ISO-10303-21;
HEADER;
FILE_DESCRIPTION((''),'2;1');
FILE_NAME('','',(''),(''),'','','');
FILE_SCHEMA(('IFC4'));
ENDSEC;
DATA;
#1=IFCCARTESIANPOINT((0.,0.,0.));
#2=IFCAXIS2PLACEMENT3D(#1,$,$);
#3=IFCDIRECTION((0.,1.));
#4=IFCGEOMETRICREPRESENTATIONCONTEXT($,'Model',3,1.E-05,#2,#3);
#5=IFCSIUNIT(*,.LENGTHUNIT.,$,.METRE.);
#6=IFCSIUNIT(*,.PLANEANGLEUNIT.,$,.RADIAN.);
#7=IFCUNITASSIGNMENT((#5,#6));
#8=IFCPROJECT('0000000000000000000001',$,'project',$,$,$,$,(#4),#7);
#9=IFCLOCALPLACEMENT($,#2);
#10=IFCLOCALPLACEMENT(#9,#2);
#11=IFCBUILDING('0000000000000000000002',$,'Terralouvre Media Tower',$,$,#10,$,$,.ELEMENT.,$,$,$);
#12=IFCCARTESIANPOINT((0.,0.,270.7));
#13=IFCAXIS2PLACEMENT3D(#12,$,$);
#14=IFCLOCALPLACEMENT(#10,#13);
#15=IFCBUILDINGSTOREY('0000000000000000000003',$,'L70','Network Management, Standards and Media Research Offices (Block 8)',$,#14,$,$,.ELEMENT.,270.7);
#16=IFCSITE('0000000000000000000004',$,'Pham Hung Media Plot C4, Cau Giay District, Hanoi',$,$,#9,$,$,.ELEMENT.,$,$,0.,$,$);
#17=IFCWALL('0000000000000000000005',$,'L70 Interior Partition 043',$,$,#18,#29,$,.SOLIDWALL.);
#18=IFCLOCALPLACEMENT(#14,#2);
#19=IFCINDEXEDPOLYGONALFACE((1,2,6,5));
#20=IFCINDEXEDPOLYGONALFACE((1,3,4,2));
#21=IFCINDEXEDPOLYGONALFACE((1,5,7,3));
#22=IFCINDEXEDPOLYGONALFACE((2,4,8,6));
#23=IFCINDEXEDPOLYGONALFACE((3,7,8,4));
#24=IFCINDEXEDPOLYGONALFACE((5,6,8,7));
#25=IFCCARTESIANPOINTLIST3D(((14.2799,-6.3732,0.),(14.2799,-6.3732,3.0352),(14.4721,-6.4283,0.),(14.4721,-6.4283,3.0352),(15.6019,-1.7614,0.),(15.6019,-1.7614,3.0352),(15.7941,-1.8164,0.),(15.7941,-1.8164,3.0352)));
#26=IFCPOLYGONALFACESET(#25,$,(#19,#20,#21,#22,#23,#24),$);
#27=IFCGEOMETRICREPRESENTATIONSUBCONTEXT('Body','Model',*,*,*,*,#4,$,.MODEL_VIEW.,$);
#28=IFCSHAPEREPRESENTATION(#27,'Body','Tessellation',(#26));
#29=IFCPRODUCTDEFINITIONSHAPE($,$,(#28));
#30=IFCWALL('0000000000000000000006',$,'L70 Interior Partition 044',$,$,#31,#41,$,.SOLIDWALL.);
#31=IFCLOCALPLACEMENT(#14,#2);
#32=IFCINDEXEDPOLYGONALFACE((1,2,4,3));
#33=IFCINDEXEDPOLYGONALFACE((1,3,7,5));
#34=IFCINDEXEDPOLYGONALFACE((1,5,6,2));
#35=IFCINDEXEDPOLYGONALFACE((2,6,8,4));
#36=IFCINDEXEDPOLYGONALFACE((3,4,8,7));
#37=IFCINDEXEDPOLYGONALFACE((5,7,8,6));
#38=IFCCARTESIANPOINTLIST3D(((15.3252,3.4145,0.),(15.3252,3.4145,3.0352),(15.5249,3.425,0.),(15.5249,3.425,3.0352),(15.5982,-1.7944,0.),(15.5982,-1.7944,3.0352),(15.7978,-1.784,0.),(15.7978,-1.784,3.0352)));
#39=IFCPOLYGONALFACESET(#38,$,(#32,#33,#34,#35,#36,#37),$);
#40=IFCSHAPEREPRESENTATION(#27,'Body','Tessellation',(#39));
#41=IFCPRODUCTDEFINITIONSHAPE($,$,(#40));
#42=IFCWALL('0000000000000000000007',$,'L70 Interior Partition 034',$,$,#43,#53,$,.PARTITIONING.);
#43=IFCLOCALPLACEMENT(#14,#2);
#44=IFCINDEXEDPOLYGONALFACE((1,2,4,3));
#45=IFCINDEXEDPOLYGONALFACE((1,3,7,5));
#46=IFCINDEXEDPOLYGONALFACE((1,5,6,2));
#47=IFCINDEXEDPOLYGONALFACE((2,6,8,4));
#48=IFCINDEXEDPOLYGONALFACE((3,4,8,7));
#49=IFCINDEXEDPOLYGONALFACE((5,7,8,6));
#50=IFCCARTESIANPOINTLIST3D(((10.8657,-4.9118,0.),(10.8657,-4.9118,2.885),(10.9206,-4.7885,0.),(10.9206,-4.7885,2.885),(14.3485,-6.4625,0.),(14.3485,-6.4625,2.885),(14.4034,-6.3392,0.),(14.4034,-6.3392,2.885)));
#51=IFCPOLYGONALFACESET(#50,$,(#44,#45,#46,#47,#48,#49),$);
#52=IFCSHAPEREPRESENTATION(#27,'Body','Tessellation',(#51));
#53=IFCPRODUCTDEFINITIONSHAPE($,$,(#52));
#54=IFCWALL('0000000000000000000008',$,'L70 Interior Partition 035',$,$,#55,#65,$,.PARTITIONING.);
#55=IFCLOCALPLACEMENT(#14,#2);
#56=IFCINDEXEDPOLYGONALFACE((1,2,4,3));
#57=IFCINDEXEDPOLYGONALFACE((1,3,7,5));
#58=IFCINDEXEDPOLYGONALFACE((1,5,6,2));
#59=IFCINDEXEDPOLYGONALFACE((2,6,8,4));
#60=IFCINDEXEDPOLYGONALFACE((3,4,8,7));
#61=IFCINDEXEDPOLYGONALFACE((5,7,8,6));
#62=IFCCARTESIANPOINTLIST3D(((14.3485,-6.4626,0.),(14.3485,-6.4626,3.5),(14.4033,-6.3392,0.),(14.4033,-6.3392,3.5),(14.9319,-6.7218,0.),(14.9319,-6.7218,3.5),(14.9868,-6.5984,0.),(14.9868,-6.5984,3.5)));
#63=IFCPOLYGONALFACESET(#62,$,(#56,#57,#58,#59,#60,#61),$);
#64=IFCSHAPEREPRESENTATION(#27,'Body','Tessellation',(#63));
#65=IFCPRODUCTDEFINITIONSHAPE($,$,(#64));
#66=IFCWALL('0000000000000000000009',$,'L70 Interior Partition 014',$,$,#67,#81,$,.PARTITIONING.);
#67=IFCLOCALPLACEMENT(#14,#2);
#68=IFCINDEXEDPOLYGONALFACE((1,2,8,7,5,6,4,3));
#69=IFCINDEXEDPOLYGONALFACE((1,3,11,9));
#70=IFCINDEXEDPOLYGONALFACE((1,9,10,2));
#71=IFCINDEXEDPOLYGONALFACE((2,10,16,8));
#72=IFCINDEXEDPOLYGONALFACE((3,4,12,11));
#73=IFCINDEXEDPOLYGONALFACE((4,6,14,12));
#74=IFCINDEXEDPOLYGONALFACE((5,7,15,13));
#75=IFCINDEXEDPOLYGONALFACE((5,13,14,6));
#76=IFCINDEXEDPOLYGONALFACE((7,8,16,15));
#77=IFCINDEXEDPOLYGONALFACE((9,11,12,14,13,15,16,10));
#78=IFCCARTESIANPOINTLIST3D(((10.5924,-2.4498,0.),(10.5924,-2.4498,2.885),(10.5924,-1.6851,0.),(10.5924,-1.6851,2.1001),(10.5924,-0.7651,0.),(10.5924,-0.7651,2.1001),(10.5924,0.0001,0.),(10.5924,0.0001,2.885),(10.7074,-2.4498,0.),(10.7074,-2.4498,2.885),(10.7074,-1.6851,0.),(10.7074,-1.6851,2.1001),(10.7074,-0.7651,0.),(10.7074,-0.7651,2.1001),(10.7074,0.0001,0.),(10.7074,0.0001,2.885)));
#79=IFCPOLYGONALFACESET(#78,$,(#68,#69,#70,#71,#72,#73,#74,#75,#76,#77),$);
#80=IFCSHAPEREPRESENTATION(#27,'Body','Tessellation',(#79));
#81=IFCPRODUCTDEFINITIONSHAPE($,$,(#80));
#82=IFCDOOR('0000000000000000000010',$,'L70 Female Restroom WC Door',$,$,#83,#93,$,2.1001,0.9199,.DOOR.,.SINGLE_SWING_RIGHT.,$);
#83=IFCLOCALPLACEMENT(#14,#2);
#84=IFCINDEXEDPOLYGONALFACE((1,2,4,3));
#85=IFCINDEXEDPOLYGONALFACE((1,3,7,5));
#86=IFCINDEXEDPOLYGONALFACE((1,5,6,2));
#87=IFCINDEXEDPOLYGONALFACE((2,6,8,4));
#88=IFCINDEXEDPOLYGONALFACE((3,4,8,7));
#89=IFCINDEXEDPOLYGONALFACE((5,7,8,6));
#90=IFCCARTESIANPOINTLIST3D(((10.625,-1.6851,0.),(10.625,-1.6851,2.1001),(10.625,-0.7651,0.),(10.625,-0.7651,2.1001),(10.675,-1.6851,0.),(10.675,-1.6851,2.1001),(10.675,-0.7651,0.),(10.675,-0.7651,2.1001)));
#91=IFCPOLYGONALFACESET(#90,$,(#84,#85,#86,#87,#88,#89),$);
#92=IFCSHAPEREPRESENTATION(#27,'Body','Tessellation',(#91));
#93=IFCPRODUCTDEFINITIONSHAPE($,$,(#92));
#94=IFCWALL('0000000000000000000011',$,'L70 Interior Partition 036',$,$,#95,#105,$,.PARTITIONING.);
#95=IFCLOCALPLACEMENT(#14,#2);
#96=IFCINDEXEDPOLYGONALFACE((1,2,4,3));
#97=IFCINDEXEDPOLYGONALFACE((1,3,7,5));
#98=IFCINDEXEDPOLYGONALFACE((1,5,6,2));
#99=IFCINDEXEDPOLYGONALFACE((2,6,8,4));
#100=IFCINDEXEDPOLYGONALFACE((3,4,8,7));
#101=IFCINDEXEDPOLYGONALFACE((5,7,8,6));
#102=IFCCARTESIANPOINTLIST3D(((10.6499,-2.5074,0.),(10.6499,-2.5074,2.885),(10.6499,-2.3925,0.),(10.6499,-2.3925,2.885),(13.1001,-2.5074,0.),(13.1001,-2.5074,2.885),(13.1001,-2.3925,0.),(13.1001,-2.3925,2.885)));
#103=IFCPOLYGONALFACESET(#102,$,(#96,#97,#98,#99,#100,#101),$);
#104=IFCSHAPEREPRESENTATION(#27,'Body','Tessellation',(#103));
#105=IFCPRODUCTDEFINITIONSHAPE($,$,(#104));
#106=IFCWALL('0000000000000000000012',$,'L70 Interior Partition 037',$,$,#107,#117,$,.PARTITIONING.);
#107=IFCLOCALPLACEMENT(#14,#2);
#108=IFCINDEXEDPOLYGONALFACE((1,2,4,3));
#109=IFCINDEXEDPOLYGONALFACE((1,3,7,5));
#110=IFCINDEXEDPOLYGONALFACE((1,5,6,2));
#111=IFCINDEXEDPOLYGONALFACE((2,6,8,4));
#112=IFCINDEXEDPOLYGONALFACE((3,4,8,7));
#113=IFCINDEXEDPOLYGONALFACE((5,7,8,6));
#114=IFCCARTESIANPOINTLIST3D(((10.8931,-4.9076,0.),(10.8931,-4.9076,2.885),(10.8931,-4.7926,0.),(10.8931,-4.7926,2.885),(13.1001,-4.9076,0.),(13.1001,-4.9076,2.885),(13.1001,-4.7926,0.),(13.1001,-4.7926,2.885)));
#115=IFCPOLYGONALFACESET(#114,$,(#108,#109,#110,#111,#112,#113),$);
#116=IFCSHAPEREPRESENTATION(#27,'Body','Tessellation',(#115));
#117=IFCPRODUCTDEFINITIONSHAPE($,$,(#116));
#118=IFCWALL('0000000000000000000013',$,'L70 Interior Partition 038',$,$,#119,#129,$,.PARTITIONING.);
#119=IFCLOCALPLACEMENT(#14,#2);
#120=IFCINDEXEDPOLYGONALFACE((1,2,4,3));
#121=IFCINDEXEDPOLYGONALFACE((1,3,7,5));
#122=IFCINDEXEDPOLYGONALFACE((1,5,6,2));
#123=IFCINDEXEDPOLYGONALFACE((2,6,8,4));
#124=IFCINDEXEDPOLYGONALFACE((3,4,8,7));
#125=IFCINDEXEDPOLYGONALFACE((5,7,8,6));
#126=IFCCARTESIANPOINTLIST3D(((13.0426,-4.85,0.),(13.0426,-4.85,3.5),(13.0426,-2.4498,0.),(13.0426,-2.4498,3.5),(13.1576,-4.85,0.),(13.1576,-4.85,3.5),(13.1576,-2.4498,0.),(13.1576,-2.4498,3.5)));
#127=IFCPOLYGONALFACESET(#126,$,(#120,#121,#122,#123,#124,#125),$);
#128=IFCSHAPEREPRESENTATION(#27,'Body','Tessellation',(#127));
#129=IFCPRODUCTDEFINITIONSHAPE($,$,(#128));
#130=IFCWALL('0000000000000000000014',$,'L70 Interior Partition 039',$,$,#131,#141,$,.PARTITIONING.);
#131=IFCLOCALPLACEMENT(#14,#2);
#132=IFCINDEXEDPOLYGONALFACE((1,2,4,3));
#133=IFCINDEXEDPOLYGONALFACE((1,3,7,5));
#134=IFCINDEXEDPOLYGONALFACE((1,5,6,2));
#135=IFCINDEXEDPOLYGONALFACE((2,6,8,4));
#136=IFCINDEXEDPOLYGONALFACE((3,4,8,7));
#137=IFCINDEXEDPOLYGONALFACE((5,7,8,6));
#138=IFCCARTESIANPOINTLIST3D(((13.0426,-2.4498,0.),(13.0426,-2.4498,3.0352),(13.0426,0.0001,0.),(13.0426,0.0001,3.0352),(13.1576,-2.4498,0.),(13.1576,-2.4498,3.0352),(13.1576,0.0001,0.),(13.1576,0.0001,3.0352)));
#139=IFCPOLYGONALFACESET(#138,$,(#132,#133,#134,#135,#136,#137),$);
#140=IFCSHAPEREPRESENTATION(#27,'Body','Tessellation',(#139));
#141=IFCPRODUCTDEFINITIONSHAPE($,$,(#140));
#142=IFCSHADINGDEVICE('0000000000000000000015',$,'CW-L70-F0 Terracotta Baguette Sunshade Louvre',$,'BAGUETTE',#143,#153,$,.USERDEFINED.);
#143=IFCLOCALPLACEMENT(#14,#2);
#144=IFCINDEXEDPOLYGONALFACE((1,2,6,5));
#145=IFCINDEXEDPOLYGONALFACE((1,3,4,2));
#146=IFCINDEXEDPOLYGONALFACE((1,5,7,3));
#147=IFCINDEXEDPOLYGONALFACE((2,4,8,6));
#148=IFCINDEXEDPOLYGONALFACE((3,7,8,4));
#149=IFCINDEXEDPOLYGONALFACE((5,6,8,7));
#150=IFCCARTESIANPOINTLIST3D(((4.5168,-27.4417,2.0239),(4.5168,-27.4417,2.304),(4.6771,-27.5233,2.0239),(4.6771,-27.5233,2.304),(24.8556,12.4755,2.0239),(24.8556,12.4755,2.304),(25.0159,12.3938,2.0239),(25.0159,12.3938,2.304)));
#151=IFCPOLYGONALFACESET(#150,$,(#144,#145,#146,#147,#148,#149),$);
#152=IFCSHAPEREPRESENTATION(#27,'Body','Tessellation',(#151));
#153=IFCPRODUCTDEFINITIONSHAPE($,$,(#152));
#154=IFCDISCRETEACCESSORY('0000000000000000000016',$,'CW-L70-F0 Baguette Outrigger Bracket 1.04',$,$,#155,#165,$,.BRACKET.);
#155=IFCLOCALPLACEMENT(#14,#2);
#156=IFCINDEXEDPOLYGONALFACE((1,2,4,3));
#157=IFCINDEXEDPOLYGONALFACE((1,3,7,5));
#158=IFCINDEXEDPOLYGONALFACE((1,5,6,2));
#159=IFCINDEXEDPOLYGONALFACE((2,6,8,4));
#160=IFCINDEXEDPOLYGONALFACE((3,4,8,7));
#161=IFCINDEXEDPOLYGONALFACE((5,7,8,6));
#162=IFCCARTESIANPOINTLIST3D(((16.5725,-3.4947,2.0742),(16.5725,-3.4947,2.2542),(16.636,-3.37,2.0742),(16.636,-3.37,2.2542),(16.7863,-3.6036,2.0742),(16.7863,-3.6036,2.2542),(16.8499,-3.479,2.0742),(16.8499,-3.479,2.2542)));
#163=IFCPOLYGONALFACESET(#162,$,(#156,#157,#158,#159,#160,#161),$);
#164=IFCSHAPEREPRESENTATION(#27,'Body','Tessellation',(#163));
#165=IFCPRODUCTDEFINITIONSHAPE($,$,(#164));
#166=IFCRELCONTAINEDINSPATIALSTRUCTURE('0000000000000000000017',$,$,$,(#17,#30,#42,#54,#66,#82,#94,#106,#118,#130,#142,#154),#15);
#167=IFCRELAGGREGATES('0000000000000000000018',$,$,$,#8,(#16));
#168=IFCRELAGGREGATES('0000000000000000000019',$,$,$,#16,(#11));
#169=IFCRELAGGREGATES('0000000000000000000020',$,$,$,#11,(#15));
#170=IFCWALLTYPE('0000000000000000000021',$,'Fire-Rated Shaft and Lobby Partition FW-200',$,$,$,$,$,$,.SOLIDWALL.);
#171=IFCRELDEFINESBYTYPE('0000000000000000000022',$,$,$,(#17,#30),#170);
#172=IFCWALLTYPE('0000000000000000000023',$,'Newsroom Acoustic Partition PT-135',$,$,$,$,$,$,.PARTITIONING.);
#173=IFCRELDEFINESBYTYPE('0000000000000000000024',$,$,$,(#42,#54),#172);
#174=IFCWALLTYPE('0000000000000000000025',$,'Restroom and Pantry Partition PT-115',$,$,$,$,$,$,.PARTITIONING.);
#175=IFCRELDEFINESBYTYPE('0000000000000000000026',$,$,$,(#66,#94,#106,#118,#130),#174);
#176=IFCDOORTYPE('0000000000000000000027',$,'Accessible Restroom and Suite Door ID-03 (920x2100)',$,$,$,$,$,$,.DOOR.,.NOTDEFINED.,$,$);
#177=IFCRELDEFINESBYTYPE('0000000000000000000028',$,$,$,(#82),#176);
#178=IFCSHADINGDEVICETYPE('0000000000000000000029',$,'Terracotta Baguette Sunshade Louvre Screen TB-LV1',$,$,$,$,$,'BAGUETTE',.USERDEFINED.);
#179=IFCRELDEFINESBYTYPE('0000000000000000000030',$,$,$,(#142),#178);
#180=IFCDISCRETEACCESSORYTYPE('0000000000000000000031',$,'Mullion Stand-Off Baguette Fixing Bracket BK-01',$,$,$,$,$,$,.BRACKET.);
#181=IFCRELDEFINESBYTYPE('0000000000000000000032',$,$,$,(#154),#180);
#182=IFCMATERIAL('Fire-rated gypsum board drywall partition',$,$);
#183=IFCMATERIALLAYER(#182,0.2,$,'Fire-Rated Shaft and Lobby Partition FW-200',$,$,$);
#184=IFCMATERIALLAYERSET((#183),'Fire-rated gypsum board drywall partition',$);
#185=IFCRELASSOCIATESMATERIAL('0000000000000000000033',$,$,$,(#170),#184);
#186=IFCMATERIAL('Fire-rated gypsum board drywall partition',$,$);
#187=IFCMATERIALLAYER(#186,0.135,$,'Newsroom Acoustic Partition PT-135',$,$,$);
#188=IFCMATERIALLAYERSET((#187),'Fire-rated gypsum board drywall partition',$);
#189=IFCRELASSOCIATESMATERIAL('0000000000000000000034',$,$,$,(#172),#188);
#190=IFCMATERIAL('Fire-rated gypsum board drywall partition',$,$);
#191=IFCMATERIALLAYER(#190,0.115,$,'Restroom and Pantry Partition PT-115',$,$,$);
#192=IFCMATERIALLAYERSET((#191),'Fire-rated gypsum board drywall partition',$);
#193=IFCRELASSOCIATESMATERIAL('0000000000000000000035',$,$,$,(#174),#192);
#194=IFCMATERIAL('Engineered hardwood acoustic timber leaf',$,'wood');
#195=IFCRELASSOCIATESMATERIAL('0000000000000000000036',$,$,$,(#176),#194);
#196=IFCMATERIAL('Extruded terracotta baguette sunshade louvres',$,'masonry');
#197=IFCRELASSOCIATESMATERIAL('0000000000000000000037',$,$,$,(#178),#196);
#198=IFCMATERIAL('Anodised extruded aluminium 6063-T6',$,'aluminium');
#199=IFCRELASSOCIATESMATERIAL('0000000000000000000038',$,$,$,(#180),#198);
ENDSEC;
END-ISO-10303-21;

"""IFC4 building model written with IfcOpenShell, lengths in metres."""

from ifc_helpers import new_model, si_unit, direction, frame, frame_2d, origin, origin_2d, place, context, subcontext, project, spatial, rectangle, extrude, material, layer, layer_set, type_object, element, fill, save


model = new_model("IFC4")

# Units and contexts
model_context = context("Model", 3, precision=1e-05, world=origin(), true_north=direction((0.0, 1.0)))
body_context = subcontext(model_context, "Body", "Model", "MODEL_VIEW")
ifc_project = project(units=[si_unit("LENGTHUNIT", "METRE"), si_unit("PLANEANGLEUNIT", "RADIAN")], contexts=[model_context])

# Site, building, storey
site_placement = place(None, origin())
site = spatial("IfcSite", under=ifc_project, at=site_placement, Name="Pham Hung Media Plot C4, Cau Giay District, Hanoi", CompositionType="ELEMENT", RefElevation=0.0)
building_placement = place(site_placement, origin())
building = spatial("IfcBuilding", under=site, at=building_placement, Name="Terralouvre Media Tower", CompositionType="ELEMENT")
storey_placement = place(building_placement, frame((0.0, 0.0, 270.7)))
storey = spatial("IfcBuildingStorey", under=building, at=storey_placement, Name="L70", Description="Network Management, Standards and Media Research Offices (Block 8)", CompositionType="ELEMENT", Elevation=270.7)

# Walls
ifc_material_1 = material(Name="Fire-rated gypsum board drywall partition")
ifc_layer_1 = layer(ifc_material_1, 0.2, Name="Fire-Rated Shaft and Lobby Partition FW-200")
ifc_layer_set_1 = layer_set([ifc_layer_1], Name="Fire-rated gypsum board drywall partition")
wall_type_1 = type_object("IfcWallType", Name="Fire-Rated Shaft and Lobby Partition FW-200", PredefinedType="SOLIDWALL", material=ifc_layer_set_1)
wall_1_placement = place(storey_placement, frame((14.376, -6.4009, 0.0), z_axis=(0.0, 0.0, 1.0), x_axis=(0.275561, 0.961284, 0.0)))
element("IfcWall", 1, at=wall_1_placement, inside=storey, type_object=wall_type_1, Name="L70 Interior Partition 043", PredefinedType="SOLIDWALL", context=body_context, shape_type="SweptSolid", body=[
    extrude(rectangle(XDim=4.7976, YDim=0.2, at=frame_2d((2.3989, 0.0))), origin(), (0.0, 0.0, 1.0), 3.0352),
])
wall_2_placement = place(storey_placement, frame((15.698, -1.7891, 0.0), z_axis=(0.0, 0.0, 1.0), x_axis=(-0.052328, 0.99863, 0.0)))
element("IfcWall", 2, at=wall_2_placement, inside=storey, type_object=wall_type_1, Name="L70 Interior Partition 044", PredefinedType="SOLIDWALL", context=body_context, shape_type="SweptSolid", body=[
    extrude(rectangle(XDim=5.2161, YDim=0.2, at=frame_2d((2.6079, 0.0))), origin(), (0.0, 0.0, 1.0), 3.0352),
])
ifc_material_2 = material(Name="Fire-rated gypsum board drywall partition")
ifc_layer_2 = layer(ifc_material_2, 0.135, Name="Newsroom Acoustic Partition PT-135")
ifc_layer_set_2 = layer_set([ifc_layer_2], Name="Fire-rated gypsum board drywall partition")
wall_type_2 = type_object("IfcWallType", Name="Newsroom Acoustic Partition PT-135", PredefinedType="PARTITIONING", material=ifc_layer_set_2)
wall_3_placement = place(storey_placement, frame((14.376, -6.4009, 0.0), z_axis=(0.0, 0.0, 1.0), x_axis=(-0.913537, 0.406756, 0.0)))
element("IfcWall", 3, at=wall_3_placement, inside=storey, type_object=wall_type_2, Name="L70 Interior Partition 034", PredefinedType="PARTITIONING", context=body_context, shape_type="SweptSolid", body=[
    extrude(rectangle(XDim=3.8125, YDim=0.135, at=frame_2d((1.9062, 0.0))), origin(), (0.0, 0.0, 1.0), 2.885),
])
wall_4_placement = place(storey_placement, frame((14.9595, -6.6602, 0.0), z_axis=(0.0, 0.0, 1.0), x_axis=(-0.913843, 0.406068, 0.0)))
element("IfcWall", 4, at=wall_4_placement, inside=storey, type_object=wall_type_2, Name="L70 Interior Partition 035", PredefinedType="PARTITIONING", context=body_context, shape_type="SweptSolid", body=[
    extrude(rectangle(XDim=0.6384, YDim=0.135, at=frame_2d((0.3193, 0.0))), origin(), (0.0, 0.0, 1.0), 3.5),
])

# Wall, opening, door
ifc_material_3 = material(Name="Fire-rated gypsum board drywall partition")
ifc_layer_3 = layer(ifc_material_3, 0.115, Name="Restroom and Pantry Partition PT-115")
ifc_layer_set_3 = layer_set([ifc_layer_3], Name="Fire-rated gypsum board drywall partition")
wall_type_3 = type_object("IfcWallType", Name="Restroom and Pantry Partition PT-115", PredefinedType="PARTITIONING", material=ifc_layer_set_3)
wall_5_placement = place(storey_placement, frame((10.6499, -2.45, 0.0), z_axis=(0.0, 0.0, 1.0), x_axis=(0.0, 1.0, 0.0)))
wall_5 = element("IfcWall", 5, at=wall_5_placement, inside=storey, type_object=wall_type_3, Name="L70 Interior Partition 014", PredefinedType="PARTITIONING", context=body_context, shape_type="SweptSolid", body=[
    extrude(rectangle(XDim=2.45, YDim=0.115, at=frame_2d((1.2251, 0.0))), origin(), (0.0, 0.0, 1.0), 2.885),
])
opening_placement = place(wall_5_placement, frame((0.7649, 0.0, 0.0)))
opening = element("IfcOpeningElement", 6, at=opening_placement, cuts=wall_5, PredefinedType="OPENING", context=body_context, shape_type="SweptSolid", body=[
    extrude(rectangle(XDim=0.9199, YDim=2.1001, at=frame_2d((0.46, 1.05))), frame((0.0, 0.0674, 0.0), z_axis=(0.0, -1.0, 0.0), x_axis=(1.0, 0.0, 0.0)), (0.0, 0.0, 1.0), 0.135),
])
ifc_material_4 = material(Name="Engineered hardwood acoustic timber leaf", Category="wood")
door_type = type_object("IfcDoorType", Name="Accessible Restroom and Suite Door ID-03 (920x2100)", OperationType="NOTDEFINED", PredefinedType="DOOR", material=ifc_material_4)
door_placement = place(opening_placement, origin())
door = element("IfcDoor", 7, at=door_placement, inside=storey, type_object=door_type, Name="L70 Female Restroom WC Door", OperationType="SINGLE_SWING_RIGHT", OverallHeight=2.1001, OverallWidth=0.9199, PredefinedType="DOOR", context=body_context, shape_type="SweptSolid", body=[
    extrude(rectangle(XDim=0.9199, YDim=2.1001, at=frame_2d((0.46, 1.05))), frame((0.0, 0.0249, 0.0), z_axis=(0.0, -1.0, 0.0), x_axis=(1.0, 0.0, 0.0)), (0.0, 0.0, 1.0), 0.05),
])
fill(opening, door)

# Walls
wall_6_placement = place(storey_placement, frame((13.1001, -2.45, 0.0), z_axis=(0.0, 0.0, 1.0), x_axis=(-1.0, 0.0, 0.0)))
element("IfcWall", 8, at=wall_6_placement, inside=storey, type_object=wall_type_3, Name="L70 Interior Partition 036", PredefinedType="PARTITIONING", context=body_context, shape_type="SweptSolid", body=[
    extrude(rectangle(XDim=2.4502, YDim=0.115, at=frame_2d((1.2251, 0.0))), origin(), (0.0, 0.0, 1.0), 2.885),
])
wall_7_placement = place(storey_placement, frame((10.8931, -4.8501, 0.0), z_axis=(0.0, 0.0, 1.0), x_axis=(1.0, 0.0, 0.0)))
element("IfcWall", 9, at=wall_7_placement, inside=storey, type_object=wall_type_3, Name="L70 Interior Partition 037", PredefinedType="PARTITIONING", context=body_context, shape_type="SweptSolid", body=[
    extrude(rectangle(XDim=2.207, YDim=0.115, at=frame_2d((1.1035, 0.0))), origin(), (0.0, 0.0, 1.0), 2.885),
])
wall_8_placement = place(storey_placement, frame((13.1001, -4.8501, 0.0), z_axis=(0.0, 0.0, 1.0), x_axis=(0.0, 1.0, 0.0)))
element("IfcWall", 10, at=wall_8_placement, inside=storey, type_object=wall_type_3, Name="L70 Interior Partition 038", PredefinedType="PARTITIONING", context=body_context, shape_type="SweptSolid", body=[
    extrude(rectangle(XDim=2.4001, YDim=0.115, at=frame_2d((1.2002, 0.0))), origin(), (0.0, 0.0, 1.0), 3.5),
])
wall_9_placement = place(storey_placement, frame((13.1001, -2.45, 0.0), z_axis=(0.0, 0.0, 1.0), x_axis=(0.0, 1.0, 0.0)))
element("IfcWall", 11, at=wall_9_placement, inside=storey, type_object=wall_type_3, Name="L70 Interior Partition 039", PredefinedType="PARTITIONING", context=body_context, shape_type="SweptSolid", body=[
    extrude(rectangle(XDim=2.45, YDim=0.115, at=frame_2d((1.2251, 0.0))), origin(), (0.0, 0.0, 1.0), 3.0352),
])

# Shading device
ifc_material_5 = material(Name="Extruded terracotta baguette sunshade louvres", Category="masonry")
shading_device_type = type_object("IfcShadingDeviceType", Name="Terracotta Baguette Sunshade Louvre Screen TB-LV1", ElementType="BAGUETTE", PredefinedType="USERDEFINED", material=ifc_material_5)
shading_device_placement = place(storey_placement, frame((14.7664, -7.5239, 2.0239), z_axis=(0.0, 0.0, 1.0), x_axis=(0.45399, 0.891007, 0.0)))
element("IfcShadingDevice", 12, at=shading_device_placement, inside=storey, type_object=shading_device_type, Name="CW-L70-F0 Terracotta Baguette Sunshade Louvre", ObjectType="BAGUETTE", PredefinedType="USERDEFINED", context=body_context, shape_type="SweptSolid", body=[
    extrude(rectangle(XDim=44.8, YDim=0.1799, at=origin_2d()), origin(), (0.0, 0.0, 1.0), 0.28),
])

# Discrete accessory
ifc_material_6 = material(Name="Anodised extruded aluminium 6063-T6", Category="aluminium")
discrete_accessory_type = type_object("IfcDiscreteAccessoryType", Name="Mullion Stand-Off Baguette Fixing Bracket BK-01", PredefinedType="BRACKET", material=ifc_material_6)
discrete_accessory_placement = place(storey_placement, frame((16.7112, -3.4868, 2.0742), z_axis=(0.0, 0.0, 1.0), x_axis=(0.45399, 0.891007, 0.0)))
element("IfcDiscreteAccessory", 13, at=discrete_accessory_placement, inside=storey, type_object=discrete_accessory_type, Name="CW-L70-F0 Baguette Outrigger Bracket 1.04", PredefinedType="BRACKET", context=body_context, shape_type="SweptSolid", body=[
    extrude(rectangle(XDim=0.1399, YDim=0.24, at=origin_2d()), origin(), (0.0, 0.0, 1.0), 0.1799),
])

save(model, "model.ifc")
